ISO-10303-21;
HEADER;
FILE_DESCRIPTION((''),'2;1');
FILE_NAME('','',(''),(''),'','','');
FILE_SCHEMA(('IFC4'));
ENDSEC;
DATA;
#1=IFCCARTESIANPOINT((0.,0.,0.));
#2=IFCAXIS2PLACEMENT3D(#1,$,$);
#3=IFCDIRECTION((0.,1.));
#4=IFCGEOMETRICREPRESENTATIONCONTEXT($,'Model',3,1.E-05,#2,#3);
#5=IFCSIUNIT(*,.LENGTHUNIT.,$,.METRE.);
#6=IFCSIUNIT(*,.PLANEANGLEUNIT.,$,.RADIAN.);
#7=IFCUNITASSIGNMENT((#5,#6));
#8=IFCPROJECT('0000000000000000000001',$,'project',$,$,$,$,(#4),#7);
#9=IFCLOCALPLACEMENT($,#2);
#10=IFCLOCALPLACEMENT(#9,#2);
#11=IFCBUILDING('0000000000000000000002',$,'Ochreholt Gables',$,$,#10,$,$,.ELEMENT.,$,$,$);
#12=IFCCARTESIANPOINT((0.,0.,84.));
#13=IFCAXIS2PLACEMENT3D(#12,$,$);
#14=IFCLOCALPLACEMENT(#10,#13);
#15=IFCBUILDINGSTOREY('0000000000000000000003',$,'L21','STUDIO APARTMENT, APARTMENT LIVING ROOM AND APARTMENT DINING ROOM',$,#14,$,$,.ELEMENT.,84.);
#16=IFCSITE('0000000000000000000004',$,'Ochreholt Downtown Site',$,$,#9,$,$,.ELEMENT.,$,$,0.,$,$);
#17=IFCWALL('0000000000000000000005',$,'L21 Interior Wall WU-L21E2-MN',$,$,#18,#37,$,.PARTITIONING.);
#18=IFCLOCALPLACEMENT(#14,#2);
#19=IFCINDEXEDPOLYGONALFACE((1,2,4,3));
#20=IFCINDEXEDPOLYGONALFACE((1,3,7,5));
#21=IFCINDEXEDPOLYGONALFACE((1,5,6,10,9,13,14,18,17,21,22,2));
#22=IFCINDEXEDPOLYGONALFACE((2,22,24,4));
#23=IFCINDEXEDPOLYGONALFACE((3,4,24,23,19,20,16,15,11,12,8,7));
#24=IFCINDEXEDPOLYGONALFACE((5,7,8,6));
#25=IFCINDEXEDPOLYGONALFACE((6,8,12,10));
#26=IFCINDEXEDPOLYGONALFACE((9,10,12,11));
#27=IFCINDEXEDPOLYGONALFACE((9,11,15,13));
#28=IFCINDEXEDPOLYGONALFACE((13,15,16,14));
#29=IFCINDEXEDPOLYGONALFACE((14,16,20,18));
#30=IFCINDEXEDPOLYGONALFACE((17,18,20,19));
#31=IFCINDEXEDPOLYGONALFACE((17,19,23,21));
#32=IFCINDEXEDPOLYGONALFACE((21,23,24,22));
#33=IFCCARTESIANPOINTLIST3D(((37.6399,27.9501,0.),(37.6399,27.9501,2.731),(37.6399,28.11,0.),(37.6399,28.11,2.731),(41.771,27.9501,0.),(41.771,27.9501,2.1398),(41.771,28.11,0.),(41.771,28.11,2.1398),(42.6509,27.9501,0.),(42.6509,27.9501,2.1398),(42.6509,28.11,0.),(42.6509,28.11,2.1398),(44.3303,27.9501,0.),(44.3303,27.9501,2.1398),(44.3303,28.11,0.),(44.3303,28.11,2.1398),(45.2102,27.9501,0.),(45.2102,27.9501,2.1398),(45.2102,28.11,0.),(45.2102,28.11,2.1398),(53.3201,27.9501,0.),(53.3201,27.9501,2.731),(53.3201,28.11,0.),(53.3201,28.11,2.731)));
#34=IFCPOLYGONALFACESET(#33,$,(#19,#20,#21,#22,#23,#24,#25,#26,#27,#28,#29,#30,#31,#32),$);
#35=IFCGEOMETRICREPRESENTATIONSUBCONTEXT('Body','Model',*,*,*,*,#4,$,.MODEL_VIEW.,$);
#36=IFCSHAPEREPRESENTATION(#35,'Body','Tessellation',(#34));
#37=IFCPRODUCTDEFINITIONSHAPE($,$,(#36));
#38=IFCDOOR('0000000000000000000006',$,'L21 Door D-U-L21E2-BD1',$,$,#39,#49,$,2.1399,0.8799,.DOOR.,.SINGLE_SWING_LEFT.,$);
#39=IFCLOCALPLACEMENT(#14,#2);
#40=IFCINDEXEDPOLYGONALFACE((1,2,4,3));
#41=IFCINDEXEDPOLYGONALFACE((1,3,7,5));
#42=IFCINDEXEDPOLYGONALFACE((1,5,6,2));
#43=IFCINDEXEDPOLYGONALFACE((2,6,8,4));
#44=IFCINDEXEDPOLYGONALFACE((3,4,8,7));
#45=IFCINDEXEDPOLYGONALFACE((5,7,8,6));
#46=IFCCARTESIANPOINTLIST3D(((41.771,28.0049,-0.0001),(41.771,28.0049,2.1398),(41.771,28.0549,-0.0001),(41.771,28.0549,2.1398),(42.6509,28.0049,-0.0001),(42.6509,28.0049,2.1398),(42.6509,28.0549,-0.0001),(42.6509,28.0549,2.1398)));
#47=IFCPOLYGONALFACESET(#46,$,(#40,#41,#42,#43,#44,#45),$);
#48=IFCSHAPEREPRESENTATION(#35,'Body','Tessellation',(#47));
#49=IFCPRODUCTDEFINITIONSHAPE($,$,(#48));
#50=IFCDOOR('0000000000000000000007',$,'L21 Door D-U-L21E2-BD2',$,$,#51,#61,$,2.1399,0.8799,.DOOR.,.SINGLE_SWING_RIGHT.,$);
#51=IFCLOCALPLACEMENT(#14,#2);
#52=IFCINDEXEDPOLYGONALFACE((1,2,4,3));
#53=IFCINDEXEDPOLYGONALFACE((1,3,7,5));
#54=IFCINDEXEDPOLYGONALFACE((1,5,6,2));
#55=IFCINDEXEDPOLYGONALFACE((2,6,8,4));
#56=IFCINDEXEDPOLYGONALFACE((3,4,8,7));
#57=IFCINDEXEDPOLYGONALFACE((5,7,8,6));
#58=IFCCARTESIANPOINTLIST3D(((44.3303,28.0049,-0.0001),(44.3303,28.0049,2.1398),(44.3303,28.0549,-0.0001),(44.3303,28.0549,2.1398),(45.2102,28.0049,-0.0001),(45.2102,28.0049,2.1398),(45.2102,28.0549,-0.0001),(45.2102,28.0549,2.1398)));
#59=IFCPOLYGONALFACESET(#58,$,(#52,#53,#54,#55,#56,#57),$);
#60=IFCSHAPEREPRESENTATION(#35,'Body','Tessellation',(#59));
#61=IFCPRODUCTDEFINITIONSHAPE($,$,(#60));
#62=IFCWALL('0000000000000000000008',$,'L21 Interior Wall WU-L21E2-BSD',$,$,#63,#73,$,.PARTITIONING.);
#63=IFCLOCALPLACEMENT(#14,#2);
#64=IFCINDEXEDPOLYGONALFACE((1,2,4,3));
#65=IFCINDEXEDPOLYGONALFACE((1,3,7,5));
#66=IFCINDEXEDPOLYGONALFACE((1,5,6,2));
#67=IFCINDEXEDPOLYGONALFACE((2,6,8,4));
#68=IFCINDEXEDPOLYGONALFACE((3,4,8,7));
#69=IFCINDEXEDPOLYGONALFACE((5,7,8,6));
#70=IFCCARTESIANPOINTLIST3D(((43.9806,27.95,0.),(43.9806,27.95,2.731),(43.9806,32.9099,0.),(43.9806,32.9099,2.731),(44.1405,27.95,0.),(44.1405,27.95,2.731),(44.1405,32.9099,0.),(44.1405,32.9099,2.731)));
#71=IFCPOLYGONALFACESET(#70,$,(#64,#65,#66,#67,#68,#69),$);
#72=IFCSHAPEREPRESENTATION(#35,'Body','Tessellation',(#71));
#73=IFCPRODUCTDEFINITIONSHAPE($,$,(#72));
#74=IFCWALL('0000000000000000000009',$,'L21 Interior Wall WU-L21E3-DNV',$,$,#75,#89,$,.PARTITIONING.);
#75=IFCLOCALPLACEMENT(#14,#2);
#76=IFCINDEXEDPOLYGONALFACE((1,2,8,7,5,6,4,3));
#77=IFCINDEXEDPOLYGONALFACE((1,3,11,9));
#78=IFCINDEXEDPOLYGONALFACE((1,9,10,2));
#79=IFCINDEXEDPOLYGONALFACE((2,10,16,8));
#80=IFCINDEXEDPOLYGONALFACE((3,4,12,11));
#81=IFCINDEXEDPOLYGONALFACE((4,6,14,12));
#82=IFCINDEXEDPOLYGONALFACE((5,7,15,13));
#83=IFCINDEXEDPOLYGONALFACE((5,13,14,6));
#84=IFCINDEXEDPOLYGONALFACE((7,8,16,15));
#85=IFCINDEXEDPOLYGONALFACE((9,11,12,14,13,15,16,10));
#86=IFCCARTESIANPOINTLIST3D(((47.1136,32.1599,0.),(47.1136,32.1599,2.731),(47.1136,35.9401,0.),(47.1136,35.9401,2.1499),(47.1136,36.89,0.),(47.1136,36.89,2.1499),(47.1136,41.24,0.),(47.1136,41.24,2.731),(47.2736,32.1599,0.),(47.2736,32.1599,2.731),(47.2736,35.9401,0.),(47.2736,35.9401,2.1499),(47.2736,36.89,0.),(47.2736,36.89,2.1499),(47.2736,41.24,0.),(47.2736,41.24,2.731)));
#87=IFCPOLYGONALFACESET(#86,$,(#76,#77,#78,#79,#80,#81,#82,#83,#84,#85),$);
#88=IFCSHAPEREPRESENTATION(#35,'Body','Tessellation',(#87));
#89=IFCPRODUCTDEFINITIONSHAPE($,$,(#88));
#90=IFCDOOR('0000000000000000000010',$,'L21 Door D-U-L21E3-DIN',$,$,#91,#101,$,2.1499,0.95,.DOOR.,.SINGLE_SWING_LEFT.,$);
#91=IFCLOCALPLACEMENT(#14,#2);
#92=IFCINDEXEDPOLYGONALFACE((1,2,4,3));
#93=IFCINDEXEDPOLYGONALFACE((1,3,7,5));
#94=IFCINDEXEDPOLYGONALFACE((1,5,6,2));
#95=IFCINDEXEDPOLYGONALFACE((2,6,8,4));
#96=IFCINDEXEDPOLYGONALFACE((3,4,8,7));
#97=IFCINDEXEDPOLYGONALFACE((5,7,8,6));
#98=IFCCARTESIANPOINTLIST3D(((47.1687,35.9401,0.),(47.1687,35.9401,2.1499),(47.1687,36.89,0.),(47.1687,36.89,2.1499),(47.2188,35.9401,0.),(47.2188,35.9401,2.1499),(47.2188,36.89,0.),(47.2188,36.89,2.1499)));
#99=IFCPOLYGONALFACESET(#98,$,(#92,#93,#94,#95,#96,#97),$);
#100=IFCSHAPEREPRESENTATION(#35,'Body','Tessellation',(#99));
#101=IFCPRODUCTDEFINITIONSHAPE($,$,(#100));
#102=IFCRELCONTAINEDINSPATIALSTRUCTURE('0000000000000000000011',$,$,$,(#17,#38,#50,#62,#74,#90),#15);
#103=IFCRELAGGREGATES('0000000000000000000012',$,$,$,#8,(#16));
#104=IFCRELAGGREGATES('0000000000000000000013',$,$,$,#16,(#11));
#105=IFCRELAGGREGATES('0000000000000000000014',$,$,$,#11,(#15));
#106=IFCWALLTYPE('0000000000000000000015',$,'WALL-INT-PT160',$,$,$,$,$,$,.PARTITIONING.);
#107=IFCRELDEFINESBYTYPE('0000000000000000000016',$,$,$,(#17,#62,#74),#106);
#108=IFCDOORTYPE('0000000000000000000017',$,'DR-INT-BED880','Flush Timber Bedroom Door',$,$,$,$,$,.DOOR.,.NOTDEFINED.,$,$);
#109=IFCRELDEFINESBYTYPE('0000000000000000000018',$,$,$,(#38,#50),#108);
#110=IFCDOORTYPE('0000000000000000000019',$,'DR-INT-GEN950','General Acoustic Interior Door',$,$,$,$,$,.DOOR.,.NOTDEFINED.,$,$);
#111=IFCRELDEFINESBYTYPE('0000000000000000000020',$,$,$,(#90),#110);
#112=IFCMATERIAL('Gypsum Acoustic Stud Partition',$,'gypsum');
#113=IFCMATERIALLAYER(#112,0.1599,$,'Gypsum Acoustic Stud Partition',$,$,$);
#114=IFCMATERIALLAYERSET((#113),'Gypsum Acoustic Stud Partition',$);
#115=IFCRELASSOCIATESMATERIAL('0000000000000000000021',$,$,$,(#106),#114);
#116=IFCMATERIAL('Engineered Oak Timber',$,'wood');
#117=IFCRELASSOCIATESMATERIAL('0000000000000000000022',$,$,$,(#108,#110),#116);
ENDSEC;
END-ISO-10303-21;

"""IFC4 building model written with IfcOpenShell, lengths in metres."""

from ifc_helpers import new_model, si_unit, direction, frame, frame_2d, origin, place, context, subcontext, project, spatial, rectangle, extrude, material, layer, layer_set, type_object, element, fill, save


model = new_model("IFC4")

# Units and contexts
model_context = context("Model", 3, precision=1e-05, world=origin(), true_north=direction((0.0, 1.0)))
body_context = subcontext(model_context, "Body", "Model", "MODEL_VIEW")
ifc_project = project(units=[si_unit("LENGTHUNIT", "METRE"), si_unit("PLANEANGLEUNIT", "RADIAN")], contexts=[model_context])

# Site, building, storey
site_placement = place(None, origin())
site = spatial("IfcSite", under=ifc_project, at=site_placement, Name="Ochreholt Downtown Site", CompositionType="ELEMENT", RefElevation=0.0)
building_placement = place(site_placement, origin())
building = spatial("IfcBuilding", under=site, at=building_placement, Name="Ochreholt Gables", CompositionType="ELEMENT")
storey_placement = place(building_placement, frame((0.0, 0.0, 84.0)))
storey = spatial("IfcBuildingStorey", under=building, at=storey_placement, Name="L21", Description="STUDIO APARTMENT, APARTMENT LIVING ROOM AND APARTMENT DINING ROOM", CompositionType="ELEMENT", Elevation=84.0)

# Shared definitions
ifc_material_1 = material(Name="Engineered Oak Timber", Category="wood")

# Wall, openings, doors
ifc_material_2 = material(Name="Gypsum Acoustic Stud Partition", Category="gypsum")
ifc_layer_1 = layer(ifc_material_2, 0.1599, Name="Gypsum Acoustic Stud Partition")
ifc_layer_set_1 = layer_set([ifc_layer_1], Name="Gypsum Acoustic Stud Partition")
wall_type_1 = type_object("IfcWallType", Name="WALL-INT-PT160", PredefinedType="PARTITIONING", material=ifc_layer_set_1)
wall_1_placement = place(storey_placement, frame((37.6399, 28.03, 0.0), z_axis=(0.0, 0.0, 1.0), x_axis=(1.0, 0.0, 0.0)))
wall_1 = element("IfcWall", 1, at=wall_1_placement, inside=storey, type_object=wall_type_1, Name="L21 Interior Wall WU-L21E2-MN", PredefinedType="PARTITIONING", context=body_context, shape_type="SweptSolid", body=[
    extrude(rectangle(XDim=15.6802, YDim=0.1599, at=frame_2d((7.8401, 0.0))), origin(), (0.0, 0.0, 1.0), 2.731),
])
opening_1_placement = place(wall_1_placement, frame((4.1311, 0.0, 0.0)))
opening_1 = element("IfcOpeningElement", 2, at=opening_1_placement, cuts=wall_1, PredefinedType="OPENING", context=body_context, shape_type="SweptSolid", body=[
    extrude(rectangle(XDim=0.8799, YDim=2.1399, at=frame_2d((0.4399, 1.0698))), frame((0.0, 0.0898, 0.0), z_axis=(0.0, -1.0, 0.0), x_axis=(1.0, 0.0, 0.0)), (0.0, 0.0, 1.0), 0.1799),
])
opening_2_placement = place(wall_1_placement, frame((6.6904, 0.0, 0.0)))
opening_2 = element("IfcOpeningElement", 3, at=opening_2_placement, cuts=wall_1, PredefinedType="OPENING", context=body_context, shape_type="SweptSolid", body=[
    extrude(rectangle(XDim=0.8799, YDim=2.1399, at=frame_2d((0.4399, 1.0698))), frame((0.0, 0.0898, 0.0), z_axis=(0.0, -1.0, 0.0), x_axis=(1.0, 0.0, 0.0)), (0.0, 0.0, 1.0), 0.1799),
])
door_type_1 = type_object("IfcDoorType", Name="DR-INT-BED880", Description="Flush Timber Bedroom Door", OperationType="NOTDEFINED", PredefinedType="DOOR", material=ifc_material_1)
door_1_placement = place(opening_1_placement, origin())
door_1 = element("IfcDoor", 4, at=door_1_placement, inside=storey, type_object=door_type_1, Name="L21 Door D-U-L21E2-BD1", OperationType="SINGLE_SWING_LEFT", OverallHeight=2.1399, OverallWidth=0.8799, PredefinedType="DOOR", context=body_context, shape_type="SweptSolid", body=[
    extrude(rectangle(XDim=0.8799, YDim=2.1399, at=frame_2d((0.4399, 1.0698))), frame((0.0, 0.0249, 0.0), z_axis=(0.0, -1.0, 0.0), x_axis=(1.0, 0.0, 0.0)), (0.0, 0.0, 1.0), 0.05),
])
fill(opening_1, door_1)
door_2_placement = place(opening_2_placement, origin())
door_2 = element("IfcDoor", 5, at=door_2_placement, inside=storey, type_object=door_type_1, Name="L21 Door D-U-L21E2-BD2", OperationType="SINGLE_SWING_RIGHT", OverallHeight=2.1399, OverallWidth=0.8799, PredefinedType="DOOR", context=body_context, shape_type="SweptSolid", body=[
    extrude(rectangle(XDim=0.8799, YDim=2.1399, at=frame_2d((0.4399, 1.0698))), frame((0.0, 0.0249, 0.0), z_axis=(0.0, -1.0, 0.0), x_axis=(1.0, 0.0, 0.0)), (0.0, 0.0, 1.0), 0.05),
])
fill(opening_2, door_2)

# Wall
wall_2_placement = place(storey_placement, frame((44.0605, 27.95, 0.0), z_axis=(0.0, 0.0, 1.0), x_axis=(0.0, 1.0, 0.0)))
element("IfcWall", 6, at=wall_2_placement, inside=storey, type_object=wall_type_1, Name="L21 Interior Wall WU-L21E2-BSD", PredefinedType="PARTITIONING", context=body_context, shape_type="SweptSolid", body=[
    extrude(rectangle(XDim=4.96, YDim=0.1599, at=frame_2d((2.48, 0.0))), origin(), (0.0, 0.0, 1.0), 2.731),
])

# Wall, opening, door
wall_3_placement = place(storey_placement, frame((47.1936, 32.1599, 0.0), z_axis=(0.0, 0.0, 1.0), x_axis=(0.0, 1.0, 0.0)))
wall_3 = element("IfcWall", 7, at=wall_3_placement, inside=storey, type_object=wall_type_1, Name="L21 Interior Wall WU-L21E3-DNV", PredefinedType="PARTITIONING", context=body_context, shape_type="SweptSolid", body=[
    extrude(rectangle(XDim=9.0801, YDim=0.1599, at=frame_2d((4.54, 0.0))), origin(), (0.0, 0.0, 1.0), 2.731),
])
opening_3_placement = place(wall_3_placement, frame((3.78, 0.0, 0.0)))
opening_3 = element("IfcOpeningElement", 8, at=opening_3_placement, cuts=wall_3, PredefinedType="OPENING", context=body_context, shape_type="SweptSolid", body=[
    extrude(rectangle(XDim=0.95, YDim=2.1499, at=frame_2d((0.4751, 1.075))), frame((0.0, 0.0898, 0.0), z_axis=(0.0, -1.0, 0.0), x_axis=(1.0, 0.0, 0.0)), (0.0, 0.0, 1.0), 0.1799),
])
door_type_2 = type_object("IfcDoorType", Name="DR-INT-GEN950", Description="General Acoustic Interior Door", OperationType="NOTDEFINED", PredefinedType="DOOR", material=ifc_material_1)
door_3_placement = place(opening_3_placement, origin())
door_3 = element("IfcDoor", 9, at=door_3_placement, inside=storey, type_object=door_type_2, Name="L21 Door D-U-L21E3-DIN", OperationType="SINGLE_SWING_LEFT", OverallHeight=2.1499, OverallWidth=0.95, PredefinedType="DOOR", context=body_context, shape_type="SweptSolid", body=[
    extrude(rectangle(XDim=0.95, YDim=2.1499, at=frame_2d((0.4751, 1.075))), frame((0.0, 0.0249, 0.0), z_axis=(0.0, -1.0, 0.0), x_axis=(1.0, 0.0, 0.0)), (0.0, 0.0, 1.0), 0.05),
])
fill(opening_3, door_3)

save(model, "model.ifc")
